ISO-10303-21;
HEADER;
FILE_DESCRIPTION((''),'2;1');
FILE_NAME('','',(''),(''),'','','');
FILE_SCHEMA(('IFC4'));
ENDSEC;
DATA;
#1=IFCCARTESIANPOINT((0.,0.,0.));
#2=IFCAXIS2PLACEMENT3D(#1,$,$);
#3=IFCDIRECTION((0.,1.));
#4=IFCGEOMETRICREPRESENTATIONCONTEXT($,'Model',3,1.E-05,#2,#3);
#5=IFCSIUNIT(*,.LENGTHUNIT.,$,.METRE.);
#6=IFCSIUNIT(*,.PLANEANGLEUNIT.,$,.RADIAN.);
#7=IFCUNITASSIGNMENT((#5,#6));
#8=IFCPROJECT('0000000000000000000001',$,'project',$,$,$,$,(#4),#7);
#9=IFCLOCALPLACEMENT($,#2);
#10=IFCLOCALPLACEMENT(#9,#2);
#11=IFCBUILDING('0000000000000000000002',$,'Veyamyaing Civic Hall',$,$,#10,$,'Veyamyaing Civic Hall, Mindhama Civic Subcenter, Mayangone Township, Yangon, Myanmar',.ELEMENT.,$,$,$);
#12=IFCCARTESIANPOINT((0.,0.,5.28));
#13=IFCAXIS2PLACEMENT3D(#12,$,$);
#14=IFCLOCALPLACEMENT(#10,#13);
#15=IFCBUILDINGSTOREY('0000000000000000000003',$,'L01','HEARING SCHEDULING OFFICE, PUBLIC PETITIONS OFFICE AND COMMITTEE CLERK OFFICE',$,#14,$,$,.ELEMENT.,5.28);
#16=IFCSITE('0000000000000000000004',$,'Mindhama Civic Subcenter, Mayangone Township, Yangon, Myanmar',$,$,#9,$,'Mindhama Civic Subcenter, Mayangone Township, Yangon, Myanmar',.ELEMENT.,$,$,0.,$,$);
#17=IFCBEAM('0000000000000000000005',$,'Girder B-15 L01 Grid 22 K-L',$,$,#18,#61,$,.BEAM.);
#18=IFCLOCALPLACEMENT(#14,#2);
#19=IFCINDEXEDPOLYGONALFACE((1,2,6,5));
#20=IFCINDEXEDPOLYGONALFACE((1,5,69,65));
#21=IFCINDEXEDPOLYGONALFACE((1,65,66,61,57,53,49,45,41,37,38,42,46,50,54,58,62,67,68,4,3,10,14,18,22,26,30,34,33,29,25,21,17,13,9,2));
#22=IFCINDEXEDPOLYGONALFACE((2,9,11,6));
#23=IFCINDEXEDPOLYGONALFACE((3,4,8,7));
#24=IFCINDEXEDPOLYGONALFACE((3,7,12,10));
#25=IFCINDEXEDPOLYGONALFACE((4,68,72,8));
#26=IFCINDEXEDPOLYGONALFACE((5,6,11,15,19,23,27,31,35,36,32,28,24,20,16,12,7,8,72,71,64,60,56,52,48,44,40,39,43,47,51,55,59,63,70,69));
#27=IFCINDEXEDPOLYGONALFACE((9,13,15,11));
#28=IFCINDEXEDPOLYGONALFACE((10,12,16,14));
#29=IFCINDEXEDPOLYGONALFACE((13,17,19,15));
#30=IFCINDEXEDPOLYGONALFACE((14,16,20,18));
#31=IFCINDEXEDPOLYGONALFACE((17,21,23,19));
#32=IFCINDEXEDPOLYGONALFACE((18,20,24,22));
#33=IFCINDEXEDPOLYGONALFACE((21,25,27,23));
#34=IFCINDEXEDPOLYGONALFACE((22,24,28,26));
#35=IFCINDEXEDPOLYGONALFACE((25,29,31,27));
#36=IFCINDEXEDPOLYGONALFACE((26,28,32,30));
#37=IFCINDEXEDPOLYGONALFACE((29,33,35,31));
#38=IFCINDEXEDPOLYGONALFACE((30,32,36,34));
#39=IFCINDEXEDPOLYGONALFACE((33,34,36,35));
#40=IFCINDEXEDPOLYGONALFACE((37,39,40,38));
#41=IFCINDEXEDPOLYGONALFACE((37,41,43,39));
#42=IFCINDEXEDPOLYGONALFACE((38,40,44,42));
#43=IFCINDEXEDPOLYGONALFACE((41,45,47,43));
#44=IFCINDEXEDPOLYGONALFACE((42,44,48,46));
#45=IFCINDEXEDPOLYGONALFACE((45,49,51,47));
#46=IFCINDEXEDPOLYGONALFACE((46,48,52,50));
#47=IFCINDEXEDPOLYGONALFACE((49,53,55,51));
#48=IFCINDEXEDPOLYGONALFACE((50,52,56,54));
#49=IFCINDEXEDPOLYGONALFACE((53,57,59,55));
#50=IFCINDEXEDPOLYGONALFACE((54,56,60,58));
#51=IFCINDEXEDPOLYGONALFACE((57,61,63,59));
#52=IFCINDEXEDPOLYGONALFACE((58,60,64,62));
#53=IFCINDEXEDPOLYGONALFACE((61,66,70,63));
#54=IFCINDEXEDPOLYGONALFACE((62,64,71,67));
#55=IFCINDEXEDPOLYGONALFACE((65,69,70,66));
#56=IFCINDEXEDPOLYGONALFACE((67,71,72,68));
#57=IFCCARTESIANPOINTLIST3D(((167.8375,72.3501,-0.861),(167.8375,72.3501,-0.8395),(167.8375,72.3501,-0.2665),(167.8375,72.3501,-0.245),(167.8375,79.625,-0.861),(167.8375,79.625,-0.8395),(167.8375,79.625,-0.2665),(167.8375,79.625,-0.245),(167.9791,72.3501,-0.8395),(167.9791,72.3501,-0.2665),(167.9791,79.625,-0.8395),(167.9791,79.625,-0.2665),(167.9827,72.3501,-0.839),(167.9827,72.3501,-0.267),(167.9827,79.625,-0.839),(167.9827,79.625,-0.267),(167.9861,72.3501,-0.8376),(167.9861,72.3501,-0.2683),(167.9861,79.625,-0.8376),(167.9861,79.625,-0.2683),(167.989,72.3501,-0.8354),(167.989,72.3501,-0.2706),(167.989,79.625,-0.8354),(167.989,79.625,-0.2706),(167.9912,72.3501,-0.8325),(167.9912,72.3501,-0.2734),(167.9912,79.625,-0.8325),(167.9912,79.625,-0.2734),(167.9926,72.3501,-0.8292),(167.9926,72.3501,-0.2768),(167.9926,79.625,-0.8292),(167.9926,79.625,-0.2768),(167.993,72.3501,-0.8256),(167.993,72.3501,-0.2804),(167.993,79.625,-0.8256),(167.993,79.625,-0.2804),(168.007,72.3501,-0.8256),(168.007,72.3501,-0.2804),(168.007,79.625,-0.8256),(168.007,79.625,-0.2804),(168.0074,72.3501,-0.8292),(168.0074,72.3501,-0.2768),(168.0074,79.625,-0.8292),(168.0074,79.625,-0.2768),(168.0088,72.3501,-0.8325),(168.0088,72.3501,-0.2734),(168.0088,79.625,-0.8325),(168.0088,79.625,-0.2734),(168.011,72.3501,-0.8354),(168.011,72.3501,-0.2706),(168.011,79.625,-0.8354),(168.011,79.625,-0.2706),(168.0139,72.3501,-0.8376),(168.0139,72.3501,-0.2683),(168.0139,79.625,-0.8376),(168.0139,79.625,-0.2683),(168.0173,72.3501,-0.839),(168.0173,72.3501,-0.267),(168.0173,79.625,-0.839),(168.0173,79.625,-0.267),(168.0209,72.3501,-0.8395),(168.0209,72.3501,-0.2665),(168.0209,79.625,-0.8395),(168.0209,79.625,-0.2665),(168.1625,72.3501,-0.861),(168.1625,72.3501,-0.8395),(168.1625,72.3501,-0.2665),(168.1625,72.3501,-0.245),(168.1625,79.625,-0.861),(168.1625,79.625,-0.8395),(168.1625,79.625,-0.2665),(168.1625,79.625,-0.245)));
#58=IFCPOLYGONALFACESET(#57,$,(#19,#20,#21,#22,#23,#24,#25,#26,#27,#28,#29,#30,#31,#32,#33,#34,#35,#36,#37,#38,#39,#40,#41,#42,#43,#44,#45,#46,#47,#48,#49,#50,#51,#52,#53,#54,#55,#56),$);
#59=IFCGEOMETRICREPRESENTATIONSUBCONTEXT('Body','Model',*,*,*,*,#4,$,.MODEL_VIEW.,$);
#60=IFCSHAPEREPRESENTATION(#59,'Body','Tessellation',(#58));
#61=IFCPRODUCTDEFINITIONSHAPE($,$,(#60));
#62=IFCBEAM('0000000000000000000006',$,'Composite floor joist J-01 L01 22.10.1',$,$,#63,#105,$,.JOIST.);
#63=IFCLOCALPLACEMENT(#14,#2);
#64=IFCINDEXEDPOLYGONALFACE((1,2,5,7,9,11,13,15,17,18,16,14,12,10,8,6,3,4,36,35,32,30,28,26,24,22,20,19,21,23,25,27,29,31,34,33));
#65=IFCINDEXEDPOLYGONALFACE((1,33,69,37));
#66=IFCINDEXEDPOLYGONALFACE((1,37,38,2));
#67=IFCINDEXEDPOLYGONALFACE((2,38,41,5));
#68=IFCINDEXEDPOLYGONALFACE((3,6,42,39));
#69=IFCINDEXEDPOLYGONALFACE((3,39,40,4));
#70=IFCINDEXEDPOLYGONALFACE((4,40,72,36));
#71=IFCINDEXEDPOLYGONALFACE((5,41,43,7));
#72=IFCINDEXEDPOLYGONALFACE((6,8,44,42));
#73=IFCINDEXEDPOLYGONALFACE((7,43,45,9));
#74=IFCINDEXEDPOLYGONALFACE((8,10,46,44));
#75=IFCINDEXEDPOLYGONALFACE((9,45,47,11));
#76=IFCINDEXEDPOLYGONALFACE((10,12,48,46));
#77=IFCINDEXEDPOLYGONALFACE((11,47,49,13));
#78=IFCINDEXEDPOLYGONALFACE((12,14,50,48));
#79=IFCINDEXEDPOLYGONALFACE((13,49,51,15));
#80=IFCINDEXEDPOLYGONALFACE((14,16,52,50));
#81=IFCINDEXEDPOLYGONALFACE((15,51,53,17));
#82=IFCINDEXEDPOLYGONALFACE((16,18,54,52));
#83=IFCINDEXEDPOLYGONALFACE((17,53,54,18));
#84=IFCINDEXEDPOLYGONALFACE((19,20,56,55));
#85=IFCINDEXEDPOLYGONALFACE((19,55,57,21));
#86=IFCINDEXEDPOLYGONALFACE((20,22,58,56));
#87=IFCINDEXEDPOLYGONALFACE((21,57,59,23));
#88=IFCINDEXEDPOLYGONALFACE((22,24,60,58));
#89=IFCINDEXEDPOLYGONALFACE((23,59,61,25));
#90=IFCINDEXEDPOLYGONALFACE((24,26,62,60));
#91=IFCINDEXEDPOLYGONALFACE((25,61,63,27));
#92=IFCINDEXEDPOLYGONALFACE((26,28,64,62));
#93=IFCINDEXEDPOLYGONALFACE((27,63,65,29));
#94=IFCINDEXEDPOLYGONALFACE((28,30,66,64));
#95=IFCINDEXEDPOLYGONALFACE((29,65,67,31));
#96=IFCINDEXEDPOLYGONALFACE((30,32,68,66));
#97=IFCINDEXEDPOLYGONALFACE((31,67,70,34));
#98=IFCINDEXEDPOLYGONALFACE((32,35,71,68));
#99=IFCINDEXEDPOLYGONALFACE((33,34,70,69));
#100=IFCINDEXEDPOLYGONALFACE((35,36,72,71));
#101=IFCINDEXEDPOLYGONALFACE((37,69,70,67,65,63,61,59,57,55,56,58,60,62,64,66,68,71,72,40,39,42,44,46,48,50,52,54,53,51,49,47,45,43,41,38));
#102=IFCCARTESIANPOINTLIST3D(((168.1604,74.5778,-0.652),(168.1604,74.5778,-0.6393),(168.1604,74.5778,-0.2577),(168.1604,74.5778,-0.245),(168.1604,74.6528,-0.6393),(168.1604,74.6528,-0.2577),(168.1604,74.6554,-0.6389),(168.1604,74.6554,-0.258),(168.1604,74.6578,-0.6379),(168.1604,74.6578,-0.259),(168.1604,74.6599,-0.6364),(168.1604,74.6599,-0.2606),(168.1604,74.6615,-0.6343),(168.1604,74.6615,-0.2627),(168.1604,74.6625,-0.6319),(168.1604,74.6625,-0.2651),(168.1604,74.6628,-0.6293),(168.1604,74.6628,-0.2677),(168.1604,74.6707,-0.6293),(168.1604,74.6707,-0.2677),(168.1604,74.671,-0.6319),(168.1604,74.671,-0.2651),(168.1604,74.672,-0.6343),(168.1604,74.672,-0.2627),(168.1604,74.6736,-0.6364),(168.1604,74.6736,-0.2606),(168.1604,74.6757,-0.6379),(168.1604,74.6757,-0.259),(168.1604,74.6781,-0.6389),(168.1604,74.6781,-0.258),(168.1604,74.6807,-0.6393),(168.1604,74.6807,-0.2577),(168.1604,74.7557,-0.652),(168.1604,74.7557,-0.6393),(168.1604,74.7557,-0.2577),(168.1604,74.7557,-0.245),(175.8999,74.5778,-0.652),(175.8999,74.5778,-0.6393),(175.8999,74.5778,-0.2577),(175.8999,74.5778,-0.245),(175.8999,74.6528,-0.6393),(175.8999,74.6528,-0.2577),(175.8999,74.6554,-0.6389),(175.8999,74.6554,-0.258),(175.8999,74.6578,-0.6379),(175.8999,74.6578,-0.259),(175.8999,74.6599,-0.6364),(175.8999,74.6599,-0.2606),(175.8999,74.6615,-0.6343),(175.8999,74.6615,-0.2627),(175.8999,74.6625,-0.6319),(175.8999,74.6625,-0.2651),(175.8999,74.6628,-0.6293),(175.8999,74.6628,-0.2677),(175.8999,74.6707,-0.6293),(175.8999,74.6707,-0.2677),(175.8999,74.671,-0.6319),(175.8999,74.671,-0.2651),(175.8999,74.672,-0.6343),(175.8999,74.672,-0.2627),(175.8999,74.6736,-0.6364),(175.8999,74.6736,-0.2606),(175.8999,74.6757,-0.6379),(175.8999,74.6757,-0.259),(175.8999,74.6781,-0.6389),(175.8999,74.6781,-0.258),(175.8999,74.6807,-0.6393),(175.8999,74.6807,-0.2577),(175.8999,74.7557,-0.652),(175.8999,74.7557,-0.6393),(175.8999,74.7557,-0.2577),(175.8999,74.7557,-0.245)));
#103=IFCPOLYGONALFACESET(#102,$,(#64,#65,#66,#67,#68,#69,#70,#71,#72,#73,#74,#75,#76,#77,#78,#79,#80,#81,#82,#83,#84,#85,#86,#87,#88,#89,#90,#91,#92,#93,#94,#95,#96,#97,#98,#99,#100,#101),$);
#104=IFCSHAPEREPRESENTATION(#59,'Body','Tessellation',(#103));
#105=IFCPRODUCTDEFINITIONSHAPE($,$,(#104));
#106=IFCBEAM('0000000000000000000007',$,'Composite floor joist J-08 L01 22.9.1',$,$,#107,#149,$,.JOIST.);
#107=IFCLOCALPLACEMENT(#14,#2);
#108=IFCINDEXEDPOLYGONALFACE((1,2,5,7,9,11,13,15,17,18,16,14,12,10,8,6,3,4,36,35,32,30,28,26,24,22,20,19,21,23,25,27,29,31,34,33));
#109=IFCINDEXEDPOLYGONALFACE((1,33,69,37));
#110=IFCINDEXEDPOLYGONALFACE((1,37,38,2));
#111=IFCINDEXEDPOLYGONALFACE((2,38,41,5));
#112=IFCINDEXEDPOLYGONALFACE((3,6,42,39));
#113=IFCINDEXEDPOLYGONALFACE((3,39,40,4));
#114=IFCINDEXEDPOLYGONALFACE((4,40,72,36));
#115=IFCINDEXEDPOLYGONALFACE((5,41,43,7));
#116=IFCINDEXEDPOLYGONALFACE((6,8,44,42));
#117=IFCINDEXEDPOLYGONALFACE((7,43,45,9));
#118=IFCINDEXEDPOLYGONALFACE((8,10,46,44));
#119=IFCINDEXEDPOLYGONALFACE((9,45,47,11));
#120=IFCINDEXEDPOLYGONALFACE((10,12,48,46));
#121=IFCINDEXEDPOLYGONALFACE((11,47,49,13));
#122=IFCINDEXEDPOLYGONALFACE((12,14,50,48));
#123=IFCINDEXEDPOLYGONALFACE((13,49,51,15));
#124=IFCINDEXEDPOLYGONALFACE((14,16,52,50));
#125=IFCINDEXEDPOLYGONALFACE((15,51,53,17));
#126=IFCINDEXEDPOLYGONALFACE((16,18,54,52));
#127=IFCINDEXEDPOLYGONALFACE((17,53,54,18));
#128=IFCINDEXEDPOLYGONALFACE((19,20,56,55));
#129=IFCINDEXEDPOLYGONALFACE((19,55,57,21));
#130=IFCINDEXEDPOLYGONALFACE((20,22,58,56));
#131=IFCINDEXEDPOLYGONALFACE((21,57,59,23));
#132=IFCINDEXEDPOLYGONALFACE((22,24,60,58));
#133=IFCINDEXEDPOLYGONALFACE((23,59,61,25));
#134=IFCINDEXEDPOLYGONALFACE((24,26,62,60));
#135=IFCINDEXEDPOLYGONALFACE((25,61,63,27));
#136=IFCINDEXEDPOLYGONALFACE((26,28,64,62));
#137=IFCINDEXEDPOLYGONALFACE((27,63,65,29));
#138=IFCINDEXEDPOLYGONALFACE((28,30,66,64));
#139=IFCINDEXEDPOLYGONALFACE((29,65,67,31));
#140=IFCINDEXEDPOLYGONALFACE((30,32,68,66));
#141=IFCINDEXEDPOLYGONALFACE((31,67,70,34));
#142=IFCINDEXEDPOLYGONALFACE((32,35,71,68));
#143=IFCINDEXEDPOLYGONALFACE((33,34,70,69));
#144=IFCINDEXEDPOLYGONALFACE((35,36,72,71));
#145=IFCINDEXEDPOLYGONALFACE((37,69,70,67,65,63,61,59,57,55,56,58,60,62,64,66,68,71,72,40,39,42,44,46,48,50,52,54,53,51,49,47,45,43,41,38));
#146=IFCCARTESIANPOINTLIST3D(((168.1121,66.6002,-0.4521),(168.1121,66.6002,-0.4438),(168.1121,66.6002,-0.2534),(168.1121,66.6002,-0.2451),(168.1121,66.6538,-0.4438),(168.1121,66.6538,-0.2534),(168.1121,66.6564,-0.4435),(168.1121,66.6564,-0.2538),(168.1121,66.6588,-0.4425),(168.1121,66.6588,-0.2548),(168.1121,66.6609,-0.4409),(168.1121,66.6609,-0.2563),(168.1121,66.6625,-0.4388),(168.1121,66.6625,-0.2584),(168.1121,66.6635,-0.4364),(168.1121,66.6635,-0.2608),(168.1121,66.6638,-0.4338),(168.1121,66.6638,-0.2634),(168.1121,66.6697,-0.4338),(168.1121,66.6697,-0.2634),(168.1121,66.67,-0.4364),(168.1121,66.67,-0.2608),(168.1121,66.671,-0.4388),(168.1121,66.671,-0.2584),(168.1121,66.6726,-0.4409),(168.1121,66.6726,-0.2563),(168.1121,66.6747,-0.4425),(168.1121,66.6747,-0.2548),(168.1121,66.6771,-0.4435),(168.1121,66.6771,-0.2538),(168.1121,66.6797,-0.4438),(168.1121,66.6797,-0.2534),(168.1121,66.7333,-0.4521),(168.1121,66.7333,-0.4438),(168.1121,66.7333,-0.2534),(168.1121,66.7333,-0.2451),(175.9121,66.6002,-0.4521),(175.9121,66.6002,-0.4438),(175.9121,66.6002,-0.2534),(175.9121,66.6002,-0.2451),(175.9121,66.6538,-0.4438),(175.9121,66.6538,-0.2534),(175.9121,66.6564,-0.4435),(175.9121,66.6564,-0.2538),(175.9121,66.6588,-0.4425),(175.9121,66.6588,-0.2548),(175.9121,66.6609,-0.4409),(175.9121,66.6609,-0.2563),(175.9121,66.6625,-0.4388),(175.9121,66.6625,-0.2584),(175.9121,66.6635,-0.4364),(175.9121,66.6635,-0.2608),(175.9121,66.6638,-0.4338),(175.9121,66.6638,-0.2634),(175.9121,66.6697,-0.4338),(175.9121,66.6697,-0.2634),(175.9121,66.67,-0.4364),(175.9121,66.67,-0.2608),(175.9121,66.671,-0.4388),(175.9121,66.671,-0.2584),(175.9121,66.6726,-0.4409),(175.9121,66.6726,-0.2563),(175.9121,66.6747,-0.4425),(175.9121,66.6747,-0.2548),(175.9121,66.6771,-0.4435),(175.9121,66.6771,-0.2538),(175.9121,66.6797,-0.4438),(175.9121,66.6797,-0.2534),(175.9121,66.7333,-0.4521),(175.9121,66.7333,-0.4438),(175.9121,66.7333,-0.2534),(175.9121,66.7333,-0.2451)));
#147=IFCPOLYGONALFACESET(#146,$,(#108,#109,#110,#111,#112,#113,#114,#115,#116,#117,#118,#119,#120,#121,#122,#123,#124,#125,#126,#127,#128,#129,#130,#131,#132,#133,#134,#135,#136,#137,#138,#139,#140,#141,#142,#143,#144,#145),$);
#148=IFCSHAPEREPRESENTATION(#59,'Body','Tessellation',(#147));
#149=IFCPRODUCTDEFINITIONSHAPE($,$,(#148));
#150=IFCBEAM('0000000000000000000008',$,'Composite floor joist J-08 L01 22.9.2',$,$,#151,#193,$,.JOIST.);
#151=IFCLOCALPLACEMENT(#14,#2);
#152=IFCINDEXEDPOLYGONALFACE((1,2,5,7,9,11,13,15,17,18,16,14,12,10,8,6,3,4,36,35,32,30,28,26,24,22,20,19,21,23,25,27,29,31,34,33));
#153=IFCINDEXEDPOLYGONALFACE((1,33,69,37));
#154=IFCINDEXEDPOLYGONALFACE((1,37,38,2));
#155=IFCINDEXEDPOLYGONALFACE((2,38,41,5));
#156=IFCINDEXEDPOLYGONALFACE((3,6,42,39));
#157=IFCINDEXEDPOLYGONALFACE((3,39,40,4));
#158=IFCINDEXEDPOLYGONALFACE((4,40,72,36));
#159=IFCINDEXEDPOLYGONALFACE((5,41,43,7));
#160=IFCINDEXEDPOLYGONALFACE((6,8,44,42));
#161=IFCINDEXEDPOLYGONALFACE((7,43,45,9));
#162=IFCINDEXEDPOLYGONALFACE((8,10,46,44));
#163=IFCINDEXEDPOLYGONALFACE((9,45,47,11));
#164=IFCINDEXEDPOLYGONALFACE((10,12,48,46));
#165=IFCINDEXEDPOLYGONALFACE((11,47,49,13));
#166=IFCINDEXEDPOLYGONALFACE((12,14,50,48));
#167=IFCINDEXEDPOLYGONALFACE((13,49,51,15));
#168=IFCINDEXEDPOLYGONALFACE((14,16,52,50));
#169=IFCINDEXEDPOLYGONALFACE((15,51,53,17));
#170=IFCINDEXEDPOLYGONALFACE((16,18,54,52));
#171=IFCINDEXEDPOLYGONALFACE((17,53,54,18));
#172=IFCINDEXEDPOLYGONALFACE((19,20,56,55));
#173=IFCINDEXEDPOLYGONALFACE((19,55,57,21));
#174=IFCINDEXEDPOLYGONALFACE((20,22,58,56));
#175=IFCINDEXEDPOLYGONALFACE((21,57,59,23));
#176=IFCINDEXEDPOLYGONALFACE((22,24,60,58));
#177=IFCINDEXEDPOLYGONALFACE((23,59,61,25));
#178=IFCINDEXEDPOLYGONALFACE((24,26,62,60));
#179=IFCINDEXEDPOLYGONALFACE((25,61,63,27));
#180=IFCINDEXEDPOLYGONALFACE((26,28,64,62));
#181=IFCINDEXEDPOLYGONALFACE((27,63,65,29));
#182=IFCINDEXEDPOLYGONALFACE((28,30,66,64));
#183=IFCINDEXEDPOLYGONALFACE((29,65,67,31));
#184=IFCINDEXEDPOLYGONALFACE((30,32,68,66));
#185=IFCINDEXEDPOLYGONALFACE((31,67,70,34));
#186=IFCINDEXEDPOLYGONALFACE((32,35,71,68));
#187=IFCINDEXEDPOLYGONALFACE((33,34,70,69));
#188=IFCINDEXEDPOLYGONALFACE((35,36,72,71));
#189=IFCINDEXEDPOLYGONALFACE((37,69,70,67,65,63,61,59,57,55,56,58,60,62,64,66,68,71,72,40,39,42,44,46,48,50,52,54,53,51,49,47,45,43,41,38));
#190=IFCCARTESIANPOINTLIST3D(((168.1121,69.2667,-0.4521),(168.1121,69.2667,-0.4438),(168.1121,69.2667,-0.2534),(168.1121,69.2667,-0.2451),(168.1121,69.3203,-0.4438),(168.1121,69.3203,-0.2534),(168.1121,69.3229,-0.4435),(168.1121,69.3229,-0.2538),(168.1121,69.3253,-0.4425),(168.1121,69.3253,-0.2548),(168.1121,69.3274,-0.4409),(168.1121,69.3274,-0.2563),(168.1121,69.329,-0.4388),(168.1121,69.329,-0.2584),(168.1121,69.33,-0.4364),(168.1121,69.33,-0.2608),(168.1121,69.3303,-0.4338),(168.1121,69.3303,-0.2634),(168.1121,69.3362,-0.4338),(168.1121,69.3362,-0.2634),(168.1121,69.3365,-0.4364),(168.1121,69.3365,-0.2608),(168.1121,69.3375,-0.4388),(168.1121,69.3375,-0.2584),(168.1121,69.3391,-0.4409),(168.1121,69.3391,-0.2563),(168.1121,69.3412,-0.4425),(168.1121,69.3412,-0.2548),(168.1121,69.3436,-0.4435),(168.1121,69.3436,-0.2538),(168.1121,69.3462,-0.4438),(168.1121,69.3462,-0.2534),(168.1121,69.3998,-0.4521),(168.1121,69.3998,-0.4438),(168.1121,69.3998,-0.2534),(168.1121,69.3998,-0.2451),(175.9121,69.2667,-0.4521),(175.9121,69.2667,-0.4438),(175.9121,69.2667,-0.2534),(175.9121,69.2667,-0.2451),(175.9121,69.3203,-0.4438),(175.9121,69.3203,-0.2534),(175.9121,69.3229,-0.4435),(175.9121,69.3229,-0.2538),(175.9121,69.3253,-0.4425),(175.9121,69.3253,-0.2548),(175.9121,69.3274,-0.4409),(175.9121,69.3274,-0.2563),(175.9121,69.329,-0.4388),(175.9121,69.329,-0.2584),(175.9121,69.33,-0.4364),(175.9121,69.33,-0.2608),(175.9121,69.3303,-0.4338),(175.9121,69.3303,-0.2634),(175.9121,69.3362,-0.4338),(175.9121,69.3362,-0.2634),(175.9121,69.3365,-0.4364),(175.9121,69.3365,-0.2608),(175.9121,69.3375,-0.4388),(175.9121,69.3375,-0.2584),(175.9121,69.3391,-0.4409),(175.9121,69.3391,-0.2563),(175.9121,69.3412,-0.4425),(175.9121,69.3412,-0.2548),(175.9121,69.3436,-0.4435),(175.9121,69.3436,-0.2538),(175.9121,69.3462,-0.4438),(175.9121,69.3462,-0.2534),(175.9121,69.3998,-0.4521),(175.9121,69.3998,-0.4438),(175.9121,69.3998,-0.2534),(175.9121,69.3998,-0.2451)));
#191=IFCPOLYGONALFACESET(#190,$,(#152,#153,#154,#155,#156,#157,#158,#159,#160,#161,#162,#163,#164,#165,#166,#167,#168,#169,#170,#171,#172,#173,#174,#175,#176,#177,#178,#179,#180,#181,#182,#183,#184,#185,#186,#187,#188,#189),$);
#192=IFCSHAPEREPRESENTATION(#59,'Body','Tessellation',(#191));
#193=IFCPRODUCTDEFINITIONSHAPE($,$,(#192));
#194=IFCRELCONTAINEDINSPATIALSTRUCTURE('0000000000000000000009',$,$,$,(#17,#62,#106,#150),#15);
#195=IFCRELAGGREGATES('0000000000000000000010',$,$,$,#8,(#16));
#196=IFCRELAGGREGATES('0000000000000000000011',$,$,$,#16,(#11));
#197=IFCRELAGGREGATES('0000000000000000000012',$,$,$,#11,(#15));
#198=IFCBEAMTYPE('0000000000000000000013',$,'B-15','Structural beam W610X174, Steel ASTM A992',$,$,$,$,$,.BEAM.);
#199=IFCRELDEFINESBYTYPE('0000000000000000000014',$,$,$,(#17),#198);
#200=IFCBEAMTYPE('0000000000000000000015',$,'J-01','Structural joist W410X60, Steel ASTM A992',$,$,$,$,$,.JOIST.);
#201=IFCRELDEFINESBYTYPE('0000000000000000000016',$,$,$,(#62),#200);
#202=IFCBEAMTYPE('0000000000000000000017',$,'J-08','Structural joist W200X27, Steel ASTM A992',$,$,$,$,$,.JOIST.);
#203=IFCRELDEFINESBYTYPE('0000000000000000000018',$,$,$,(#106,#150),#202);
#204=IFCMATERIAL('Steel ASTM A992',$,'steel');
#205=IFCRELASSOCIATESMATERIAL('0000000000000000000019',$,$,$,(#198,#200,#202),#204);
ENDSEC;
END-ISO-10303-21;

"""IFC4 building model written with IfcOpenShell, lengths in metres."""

from ifc_helpers import new_model, si_unit, direction, frame, origin, origin_2d, place, context, subcontext, project, spatial, i_section, extrude, material, material_profile, profile_set, type_object, element, save


model = new_model("IFC4")

# Units and contexts
model_context = context("Model", 3, precision=1e-05, world=origin(), true_north=direction((0.0, 1.0)))
body_context = subcontext(model_context, "Body", "Model", "MODEL_VIEW")
ifc_project = project(units=[si_unit("LENGTHUNIT", "METRE"), si_unit("PLANEANGLEUNIT", "RADIAN")], contexts=[model_context])

# Site, building, storey
site_placement = place(None, origin())
site = spatial("IfcSite", under=ifc_project, at=site_placement, Name="Mindhama Civic Subcenter, Mayangone Township, Yangon, Myanmar", LongName="Mindhama Civic Subcenter, Mayangone Township, Yangon, Myanmar", CompositionType="ELEMENT", RefElevation=0.0)
building_placement = place(site_placement, origin())
building = spatial("IfcBuilding", under=site, at=building_placement, Name="Veyamyaing Civic Hall", LongName="Veyamyaing Civic Hall, Mindhama Civic Subcenter, Mayangone Township, Yangon, Myanmar", CompositionType="ELEMENT")
storey_placement = place(building_placement, frame((0.0, 0.0, 5.28)))
storey = spatial("IfcBuildingStorey", under=building, at=storey_placement, Name="L01", Description="HEARING SCHEDULING OFFICE, PUBLIC PETITIONS OFFICE AND COMMITTEE CLERK OFFICE", CompositionType="ELEMENT", Elevation=5.28)

# Beams
ifc_material_1 = material(Name="Steel ASTM A992", Category="steel")
ifc_material_profile_1 = material_profile(ifc_material_1, i_section(OverallWidth=0.325, OverallDepth=0.616, WebThickness=0.0139, FlangeThickness=0.0215, FilletRadius=0.0139, at=origin_2d()), Name="W610X174")
ifc_profile_set_1 = profile_set([ifc_material_profile_1], Name="Steel ASTM A992")
beam_type_1 = type_object("IfcBeamType", Name="B-15", Description="Structural beam W610X174, Steel ASTM A992", PredefinedType="BEAM", material=ifc_profile_set_1)
beam_1_placement = place(storey_placement, frame((168.0, 72.3501, -0.553), z_axis=(0.0, 1.0, 0.0), x_axis=(-1.0, 0.0, 0.0)))
element("IfcBeam", 1, at=beam_1_placement, inside=storey, type_object=beam_type_1, Name="Girder B-15 L01 Grid 22 K-L", PredefinedType="BEAM", context=body_context, shape_type="SweptSolid", body=[
    extrude(i_section(OverallWidth=0.325, OverallDepth=0.616, WebThickness=0.0139, FlangeThickness=0.0215, FilletRadius=0.0139, at=origin_2d()), origin(), (0.0, 0.0, 1.0), 7.2749),
])
ifc_material_profile_2 = material_profile(ifc_material_1, i_section(OverallWidth=0.178, OverallDepth=0.407, WebThickness=0.0078, FlangeThickness=0.0127, FilletRadius=0.01, at=origin_2d()), Name="W410X60")
ifc_profile_set_2 = profile_set([ifc_material_profile_2], Name="Steel ASTM A992")
beam_type_2 = type_object("IfcBeamType", Name="J-01", Description="Structural joist W410X60, Steel ASTM A992", PredefinedType="JOIST", material=ifc_profile_set_2)
beam_2_placement = place(storey_placement, frame((168.1604, 74.6667, -0.4485), z_axis=(1.0, 0.0, 0.0), x_axis=(0.0, 1.0, 0.0)))
element("IfcBeam", 2, at=beam_2_placement, inside=storey, type_object=beam_type_2, Name="Composite floor joist J-01 L01 22.10.1", PredefinedType="JOIST", context=body_context, shape_type="SweptSolid", body=[
    extrude(i_section(OverallWidth=0.178, OverallDepth=0.407, WebThickness=0.0078, FlangeThickness=0.0127, FilletRadius=0.01, at=origin_2d()), origin(), (0.0, 0.0, 1.0), 7.7395),
])
ifc_material_profile_3 = material_profile(ifc_material_1, i_section(OverallWidth=0.1331, OverallDepth=0.207, WebThickness=0.0059, FlangeThickness=0.0083, FilletRadius=0.01, at=origin_2d()), Name="W200X27")
ifc_profile_set_3 = profile_set([ifc_material_profile_3], Name="Steel ASTM A992")
beam_type_3 = type_object("IfcBeamType", Name="J-08", Description="Structural joist W200X27, Steel ASTM A992", PredefinedType="JOIST", material=ifc_profile_set_3)
for number, where, z_axis, x_axis, name in (
    (3, (168.1121, 66.6667, -0.3486), (1.0, 0.0, 0.0), (0.0, 1.0, 0.0), "Composite floor joist J-08 L01 22.9.1"),
    (4, (168.1121, 69.3333, -0.3486), (1.0, 0.0, 0.0), (0.0, 1.0, 0.0), "Composite floor joist J-08 L01 22.9.2"),
):
    element("IfcBeam", number, at=place(storey_placement, frame(where, z_axis=z_axis, x_axis=x_axis)), inside=storey, type_object=beam_type_3, Name=name, PredefinedType="JOIST", context=body_context, shape_type="SweptSolid", body=[
        extrude(i_section(OverallWidth=0.1331, OverallDepth=0.207, WebThickness=0.0059, FlangeThickness=0.0083, FilletRadius=0.01, at=origin_2d()), origin(), (0.0, 0.0, 1.0), 7.8),
    ])

save(model, "model.ifc")
